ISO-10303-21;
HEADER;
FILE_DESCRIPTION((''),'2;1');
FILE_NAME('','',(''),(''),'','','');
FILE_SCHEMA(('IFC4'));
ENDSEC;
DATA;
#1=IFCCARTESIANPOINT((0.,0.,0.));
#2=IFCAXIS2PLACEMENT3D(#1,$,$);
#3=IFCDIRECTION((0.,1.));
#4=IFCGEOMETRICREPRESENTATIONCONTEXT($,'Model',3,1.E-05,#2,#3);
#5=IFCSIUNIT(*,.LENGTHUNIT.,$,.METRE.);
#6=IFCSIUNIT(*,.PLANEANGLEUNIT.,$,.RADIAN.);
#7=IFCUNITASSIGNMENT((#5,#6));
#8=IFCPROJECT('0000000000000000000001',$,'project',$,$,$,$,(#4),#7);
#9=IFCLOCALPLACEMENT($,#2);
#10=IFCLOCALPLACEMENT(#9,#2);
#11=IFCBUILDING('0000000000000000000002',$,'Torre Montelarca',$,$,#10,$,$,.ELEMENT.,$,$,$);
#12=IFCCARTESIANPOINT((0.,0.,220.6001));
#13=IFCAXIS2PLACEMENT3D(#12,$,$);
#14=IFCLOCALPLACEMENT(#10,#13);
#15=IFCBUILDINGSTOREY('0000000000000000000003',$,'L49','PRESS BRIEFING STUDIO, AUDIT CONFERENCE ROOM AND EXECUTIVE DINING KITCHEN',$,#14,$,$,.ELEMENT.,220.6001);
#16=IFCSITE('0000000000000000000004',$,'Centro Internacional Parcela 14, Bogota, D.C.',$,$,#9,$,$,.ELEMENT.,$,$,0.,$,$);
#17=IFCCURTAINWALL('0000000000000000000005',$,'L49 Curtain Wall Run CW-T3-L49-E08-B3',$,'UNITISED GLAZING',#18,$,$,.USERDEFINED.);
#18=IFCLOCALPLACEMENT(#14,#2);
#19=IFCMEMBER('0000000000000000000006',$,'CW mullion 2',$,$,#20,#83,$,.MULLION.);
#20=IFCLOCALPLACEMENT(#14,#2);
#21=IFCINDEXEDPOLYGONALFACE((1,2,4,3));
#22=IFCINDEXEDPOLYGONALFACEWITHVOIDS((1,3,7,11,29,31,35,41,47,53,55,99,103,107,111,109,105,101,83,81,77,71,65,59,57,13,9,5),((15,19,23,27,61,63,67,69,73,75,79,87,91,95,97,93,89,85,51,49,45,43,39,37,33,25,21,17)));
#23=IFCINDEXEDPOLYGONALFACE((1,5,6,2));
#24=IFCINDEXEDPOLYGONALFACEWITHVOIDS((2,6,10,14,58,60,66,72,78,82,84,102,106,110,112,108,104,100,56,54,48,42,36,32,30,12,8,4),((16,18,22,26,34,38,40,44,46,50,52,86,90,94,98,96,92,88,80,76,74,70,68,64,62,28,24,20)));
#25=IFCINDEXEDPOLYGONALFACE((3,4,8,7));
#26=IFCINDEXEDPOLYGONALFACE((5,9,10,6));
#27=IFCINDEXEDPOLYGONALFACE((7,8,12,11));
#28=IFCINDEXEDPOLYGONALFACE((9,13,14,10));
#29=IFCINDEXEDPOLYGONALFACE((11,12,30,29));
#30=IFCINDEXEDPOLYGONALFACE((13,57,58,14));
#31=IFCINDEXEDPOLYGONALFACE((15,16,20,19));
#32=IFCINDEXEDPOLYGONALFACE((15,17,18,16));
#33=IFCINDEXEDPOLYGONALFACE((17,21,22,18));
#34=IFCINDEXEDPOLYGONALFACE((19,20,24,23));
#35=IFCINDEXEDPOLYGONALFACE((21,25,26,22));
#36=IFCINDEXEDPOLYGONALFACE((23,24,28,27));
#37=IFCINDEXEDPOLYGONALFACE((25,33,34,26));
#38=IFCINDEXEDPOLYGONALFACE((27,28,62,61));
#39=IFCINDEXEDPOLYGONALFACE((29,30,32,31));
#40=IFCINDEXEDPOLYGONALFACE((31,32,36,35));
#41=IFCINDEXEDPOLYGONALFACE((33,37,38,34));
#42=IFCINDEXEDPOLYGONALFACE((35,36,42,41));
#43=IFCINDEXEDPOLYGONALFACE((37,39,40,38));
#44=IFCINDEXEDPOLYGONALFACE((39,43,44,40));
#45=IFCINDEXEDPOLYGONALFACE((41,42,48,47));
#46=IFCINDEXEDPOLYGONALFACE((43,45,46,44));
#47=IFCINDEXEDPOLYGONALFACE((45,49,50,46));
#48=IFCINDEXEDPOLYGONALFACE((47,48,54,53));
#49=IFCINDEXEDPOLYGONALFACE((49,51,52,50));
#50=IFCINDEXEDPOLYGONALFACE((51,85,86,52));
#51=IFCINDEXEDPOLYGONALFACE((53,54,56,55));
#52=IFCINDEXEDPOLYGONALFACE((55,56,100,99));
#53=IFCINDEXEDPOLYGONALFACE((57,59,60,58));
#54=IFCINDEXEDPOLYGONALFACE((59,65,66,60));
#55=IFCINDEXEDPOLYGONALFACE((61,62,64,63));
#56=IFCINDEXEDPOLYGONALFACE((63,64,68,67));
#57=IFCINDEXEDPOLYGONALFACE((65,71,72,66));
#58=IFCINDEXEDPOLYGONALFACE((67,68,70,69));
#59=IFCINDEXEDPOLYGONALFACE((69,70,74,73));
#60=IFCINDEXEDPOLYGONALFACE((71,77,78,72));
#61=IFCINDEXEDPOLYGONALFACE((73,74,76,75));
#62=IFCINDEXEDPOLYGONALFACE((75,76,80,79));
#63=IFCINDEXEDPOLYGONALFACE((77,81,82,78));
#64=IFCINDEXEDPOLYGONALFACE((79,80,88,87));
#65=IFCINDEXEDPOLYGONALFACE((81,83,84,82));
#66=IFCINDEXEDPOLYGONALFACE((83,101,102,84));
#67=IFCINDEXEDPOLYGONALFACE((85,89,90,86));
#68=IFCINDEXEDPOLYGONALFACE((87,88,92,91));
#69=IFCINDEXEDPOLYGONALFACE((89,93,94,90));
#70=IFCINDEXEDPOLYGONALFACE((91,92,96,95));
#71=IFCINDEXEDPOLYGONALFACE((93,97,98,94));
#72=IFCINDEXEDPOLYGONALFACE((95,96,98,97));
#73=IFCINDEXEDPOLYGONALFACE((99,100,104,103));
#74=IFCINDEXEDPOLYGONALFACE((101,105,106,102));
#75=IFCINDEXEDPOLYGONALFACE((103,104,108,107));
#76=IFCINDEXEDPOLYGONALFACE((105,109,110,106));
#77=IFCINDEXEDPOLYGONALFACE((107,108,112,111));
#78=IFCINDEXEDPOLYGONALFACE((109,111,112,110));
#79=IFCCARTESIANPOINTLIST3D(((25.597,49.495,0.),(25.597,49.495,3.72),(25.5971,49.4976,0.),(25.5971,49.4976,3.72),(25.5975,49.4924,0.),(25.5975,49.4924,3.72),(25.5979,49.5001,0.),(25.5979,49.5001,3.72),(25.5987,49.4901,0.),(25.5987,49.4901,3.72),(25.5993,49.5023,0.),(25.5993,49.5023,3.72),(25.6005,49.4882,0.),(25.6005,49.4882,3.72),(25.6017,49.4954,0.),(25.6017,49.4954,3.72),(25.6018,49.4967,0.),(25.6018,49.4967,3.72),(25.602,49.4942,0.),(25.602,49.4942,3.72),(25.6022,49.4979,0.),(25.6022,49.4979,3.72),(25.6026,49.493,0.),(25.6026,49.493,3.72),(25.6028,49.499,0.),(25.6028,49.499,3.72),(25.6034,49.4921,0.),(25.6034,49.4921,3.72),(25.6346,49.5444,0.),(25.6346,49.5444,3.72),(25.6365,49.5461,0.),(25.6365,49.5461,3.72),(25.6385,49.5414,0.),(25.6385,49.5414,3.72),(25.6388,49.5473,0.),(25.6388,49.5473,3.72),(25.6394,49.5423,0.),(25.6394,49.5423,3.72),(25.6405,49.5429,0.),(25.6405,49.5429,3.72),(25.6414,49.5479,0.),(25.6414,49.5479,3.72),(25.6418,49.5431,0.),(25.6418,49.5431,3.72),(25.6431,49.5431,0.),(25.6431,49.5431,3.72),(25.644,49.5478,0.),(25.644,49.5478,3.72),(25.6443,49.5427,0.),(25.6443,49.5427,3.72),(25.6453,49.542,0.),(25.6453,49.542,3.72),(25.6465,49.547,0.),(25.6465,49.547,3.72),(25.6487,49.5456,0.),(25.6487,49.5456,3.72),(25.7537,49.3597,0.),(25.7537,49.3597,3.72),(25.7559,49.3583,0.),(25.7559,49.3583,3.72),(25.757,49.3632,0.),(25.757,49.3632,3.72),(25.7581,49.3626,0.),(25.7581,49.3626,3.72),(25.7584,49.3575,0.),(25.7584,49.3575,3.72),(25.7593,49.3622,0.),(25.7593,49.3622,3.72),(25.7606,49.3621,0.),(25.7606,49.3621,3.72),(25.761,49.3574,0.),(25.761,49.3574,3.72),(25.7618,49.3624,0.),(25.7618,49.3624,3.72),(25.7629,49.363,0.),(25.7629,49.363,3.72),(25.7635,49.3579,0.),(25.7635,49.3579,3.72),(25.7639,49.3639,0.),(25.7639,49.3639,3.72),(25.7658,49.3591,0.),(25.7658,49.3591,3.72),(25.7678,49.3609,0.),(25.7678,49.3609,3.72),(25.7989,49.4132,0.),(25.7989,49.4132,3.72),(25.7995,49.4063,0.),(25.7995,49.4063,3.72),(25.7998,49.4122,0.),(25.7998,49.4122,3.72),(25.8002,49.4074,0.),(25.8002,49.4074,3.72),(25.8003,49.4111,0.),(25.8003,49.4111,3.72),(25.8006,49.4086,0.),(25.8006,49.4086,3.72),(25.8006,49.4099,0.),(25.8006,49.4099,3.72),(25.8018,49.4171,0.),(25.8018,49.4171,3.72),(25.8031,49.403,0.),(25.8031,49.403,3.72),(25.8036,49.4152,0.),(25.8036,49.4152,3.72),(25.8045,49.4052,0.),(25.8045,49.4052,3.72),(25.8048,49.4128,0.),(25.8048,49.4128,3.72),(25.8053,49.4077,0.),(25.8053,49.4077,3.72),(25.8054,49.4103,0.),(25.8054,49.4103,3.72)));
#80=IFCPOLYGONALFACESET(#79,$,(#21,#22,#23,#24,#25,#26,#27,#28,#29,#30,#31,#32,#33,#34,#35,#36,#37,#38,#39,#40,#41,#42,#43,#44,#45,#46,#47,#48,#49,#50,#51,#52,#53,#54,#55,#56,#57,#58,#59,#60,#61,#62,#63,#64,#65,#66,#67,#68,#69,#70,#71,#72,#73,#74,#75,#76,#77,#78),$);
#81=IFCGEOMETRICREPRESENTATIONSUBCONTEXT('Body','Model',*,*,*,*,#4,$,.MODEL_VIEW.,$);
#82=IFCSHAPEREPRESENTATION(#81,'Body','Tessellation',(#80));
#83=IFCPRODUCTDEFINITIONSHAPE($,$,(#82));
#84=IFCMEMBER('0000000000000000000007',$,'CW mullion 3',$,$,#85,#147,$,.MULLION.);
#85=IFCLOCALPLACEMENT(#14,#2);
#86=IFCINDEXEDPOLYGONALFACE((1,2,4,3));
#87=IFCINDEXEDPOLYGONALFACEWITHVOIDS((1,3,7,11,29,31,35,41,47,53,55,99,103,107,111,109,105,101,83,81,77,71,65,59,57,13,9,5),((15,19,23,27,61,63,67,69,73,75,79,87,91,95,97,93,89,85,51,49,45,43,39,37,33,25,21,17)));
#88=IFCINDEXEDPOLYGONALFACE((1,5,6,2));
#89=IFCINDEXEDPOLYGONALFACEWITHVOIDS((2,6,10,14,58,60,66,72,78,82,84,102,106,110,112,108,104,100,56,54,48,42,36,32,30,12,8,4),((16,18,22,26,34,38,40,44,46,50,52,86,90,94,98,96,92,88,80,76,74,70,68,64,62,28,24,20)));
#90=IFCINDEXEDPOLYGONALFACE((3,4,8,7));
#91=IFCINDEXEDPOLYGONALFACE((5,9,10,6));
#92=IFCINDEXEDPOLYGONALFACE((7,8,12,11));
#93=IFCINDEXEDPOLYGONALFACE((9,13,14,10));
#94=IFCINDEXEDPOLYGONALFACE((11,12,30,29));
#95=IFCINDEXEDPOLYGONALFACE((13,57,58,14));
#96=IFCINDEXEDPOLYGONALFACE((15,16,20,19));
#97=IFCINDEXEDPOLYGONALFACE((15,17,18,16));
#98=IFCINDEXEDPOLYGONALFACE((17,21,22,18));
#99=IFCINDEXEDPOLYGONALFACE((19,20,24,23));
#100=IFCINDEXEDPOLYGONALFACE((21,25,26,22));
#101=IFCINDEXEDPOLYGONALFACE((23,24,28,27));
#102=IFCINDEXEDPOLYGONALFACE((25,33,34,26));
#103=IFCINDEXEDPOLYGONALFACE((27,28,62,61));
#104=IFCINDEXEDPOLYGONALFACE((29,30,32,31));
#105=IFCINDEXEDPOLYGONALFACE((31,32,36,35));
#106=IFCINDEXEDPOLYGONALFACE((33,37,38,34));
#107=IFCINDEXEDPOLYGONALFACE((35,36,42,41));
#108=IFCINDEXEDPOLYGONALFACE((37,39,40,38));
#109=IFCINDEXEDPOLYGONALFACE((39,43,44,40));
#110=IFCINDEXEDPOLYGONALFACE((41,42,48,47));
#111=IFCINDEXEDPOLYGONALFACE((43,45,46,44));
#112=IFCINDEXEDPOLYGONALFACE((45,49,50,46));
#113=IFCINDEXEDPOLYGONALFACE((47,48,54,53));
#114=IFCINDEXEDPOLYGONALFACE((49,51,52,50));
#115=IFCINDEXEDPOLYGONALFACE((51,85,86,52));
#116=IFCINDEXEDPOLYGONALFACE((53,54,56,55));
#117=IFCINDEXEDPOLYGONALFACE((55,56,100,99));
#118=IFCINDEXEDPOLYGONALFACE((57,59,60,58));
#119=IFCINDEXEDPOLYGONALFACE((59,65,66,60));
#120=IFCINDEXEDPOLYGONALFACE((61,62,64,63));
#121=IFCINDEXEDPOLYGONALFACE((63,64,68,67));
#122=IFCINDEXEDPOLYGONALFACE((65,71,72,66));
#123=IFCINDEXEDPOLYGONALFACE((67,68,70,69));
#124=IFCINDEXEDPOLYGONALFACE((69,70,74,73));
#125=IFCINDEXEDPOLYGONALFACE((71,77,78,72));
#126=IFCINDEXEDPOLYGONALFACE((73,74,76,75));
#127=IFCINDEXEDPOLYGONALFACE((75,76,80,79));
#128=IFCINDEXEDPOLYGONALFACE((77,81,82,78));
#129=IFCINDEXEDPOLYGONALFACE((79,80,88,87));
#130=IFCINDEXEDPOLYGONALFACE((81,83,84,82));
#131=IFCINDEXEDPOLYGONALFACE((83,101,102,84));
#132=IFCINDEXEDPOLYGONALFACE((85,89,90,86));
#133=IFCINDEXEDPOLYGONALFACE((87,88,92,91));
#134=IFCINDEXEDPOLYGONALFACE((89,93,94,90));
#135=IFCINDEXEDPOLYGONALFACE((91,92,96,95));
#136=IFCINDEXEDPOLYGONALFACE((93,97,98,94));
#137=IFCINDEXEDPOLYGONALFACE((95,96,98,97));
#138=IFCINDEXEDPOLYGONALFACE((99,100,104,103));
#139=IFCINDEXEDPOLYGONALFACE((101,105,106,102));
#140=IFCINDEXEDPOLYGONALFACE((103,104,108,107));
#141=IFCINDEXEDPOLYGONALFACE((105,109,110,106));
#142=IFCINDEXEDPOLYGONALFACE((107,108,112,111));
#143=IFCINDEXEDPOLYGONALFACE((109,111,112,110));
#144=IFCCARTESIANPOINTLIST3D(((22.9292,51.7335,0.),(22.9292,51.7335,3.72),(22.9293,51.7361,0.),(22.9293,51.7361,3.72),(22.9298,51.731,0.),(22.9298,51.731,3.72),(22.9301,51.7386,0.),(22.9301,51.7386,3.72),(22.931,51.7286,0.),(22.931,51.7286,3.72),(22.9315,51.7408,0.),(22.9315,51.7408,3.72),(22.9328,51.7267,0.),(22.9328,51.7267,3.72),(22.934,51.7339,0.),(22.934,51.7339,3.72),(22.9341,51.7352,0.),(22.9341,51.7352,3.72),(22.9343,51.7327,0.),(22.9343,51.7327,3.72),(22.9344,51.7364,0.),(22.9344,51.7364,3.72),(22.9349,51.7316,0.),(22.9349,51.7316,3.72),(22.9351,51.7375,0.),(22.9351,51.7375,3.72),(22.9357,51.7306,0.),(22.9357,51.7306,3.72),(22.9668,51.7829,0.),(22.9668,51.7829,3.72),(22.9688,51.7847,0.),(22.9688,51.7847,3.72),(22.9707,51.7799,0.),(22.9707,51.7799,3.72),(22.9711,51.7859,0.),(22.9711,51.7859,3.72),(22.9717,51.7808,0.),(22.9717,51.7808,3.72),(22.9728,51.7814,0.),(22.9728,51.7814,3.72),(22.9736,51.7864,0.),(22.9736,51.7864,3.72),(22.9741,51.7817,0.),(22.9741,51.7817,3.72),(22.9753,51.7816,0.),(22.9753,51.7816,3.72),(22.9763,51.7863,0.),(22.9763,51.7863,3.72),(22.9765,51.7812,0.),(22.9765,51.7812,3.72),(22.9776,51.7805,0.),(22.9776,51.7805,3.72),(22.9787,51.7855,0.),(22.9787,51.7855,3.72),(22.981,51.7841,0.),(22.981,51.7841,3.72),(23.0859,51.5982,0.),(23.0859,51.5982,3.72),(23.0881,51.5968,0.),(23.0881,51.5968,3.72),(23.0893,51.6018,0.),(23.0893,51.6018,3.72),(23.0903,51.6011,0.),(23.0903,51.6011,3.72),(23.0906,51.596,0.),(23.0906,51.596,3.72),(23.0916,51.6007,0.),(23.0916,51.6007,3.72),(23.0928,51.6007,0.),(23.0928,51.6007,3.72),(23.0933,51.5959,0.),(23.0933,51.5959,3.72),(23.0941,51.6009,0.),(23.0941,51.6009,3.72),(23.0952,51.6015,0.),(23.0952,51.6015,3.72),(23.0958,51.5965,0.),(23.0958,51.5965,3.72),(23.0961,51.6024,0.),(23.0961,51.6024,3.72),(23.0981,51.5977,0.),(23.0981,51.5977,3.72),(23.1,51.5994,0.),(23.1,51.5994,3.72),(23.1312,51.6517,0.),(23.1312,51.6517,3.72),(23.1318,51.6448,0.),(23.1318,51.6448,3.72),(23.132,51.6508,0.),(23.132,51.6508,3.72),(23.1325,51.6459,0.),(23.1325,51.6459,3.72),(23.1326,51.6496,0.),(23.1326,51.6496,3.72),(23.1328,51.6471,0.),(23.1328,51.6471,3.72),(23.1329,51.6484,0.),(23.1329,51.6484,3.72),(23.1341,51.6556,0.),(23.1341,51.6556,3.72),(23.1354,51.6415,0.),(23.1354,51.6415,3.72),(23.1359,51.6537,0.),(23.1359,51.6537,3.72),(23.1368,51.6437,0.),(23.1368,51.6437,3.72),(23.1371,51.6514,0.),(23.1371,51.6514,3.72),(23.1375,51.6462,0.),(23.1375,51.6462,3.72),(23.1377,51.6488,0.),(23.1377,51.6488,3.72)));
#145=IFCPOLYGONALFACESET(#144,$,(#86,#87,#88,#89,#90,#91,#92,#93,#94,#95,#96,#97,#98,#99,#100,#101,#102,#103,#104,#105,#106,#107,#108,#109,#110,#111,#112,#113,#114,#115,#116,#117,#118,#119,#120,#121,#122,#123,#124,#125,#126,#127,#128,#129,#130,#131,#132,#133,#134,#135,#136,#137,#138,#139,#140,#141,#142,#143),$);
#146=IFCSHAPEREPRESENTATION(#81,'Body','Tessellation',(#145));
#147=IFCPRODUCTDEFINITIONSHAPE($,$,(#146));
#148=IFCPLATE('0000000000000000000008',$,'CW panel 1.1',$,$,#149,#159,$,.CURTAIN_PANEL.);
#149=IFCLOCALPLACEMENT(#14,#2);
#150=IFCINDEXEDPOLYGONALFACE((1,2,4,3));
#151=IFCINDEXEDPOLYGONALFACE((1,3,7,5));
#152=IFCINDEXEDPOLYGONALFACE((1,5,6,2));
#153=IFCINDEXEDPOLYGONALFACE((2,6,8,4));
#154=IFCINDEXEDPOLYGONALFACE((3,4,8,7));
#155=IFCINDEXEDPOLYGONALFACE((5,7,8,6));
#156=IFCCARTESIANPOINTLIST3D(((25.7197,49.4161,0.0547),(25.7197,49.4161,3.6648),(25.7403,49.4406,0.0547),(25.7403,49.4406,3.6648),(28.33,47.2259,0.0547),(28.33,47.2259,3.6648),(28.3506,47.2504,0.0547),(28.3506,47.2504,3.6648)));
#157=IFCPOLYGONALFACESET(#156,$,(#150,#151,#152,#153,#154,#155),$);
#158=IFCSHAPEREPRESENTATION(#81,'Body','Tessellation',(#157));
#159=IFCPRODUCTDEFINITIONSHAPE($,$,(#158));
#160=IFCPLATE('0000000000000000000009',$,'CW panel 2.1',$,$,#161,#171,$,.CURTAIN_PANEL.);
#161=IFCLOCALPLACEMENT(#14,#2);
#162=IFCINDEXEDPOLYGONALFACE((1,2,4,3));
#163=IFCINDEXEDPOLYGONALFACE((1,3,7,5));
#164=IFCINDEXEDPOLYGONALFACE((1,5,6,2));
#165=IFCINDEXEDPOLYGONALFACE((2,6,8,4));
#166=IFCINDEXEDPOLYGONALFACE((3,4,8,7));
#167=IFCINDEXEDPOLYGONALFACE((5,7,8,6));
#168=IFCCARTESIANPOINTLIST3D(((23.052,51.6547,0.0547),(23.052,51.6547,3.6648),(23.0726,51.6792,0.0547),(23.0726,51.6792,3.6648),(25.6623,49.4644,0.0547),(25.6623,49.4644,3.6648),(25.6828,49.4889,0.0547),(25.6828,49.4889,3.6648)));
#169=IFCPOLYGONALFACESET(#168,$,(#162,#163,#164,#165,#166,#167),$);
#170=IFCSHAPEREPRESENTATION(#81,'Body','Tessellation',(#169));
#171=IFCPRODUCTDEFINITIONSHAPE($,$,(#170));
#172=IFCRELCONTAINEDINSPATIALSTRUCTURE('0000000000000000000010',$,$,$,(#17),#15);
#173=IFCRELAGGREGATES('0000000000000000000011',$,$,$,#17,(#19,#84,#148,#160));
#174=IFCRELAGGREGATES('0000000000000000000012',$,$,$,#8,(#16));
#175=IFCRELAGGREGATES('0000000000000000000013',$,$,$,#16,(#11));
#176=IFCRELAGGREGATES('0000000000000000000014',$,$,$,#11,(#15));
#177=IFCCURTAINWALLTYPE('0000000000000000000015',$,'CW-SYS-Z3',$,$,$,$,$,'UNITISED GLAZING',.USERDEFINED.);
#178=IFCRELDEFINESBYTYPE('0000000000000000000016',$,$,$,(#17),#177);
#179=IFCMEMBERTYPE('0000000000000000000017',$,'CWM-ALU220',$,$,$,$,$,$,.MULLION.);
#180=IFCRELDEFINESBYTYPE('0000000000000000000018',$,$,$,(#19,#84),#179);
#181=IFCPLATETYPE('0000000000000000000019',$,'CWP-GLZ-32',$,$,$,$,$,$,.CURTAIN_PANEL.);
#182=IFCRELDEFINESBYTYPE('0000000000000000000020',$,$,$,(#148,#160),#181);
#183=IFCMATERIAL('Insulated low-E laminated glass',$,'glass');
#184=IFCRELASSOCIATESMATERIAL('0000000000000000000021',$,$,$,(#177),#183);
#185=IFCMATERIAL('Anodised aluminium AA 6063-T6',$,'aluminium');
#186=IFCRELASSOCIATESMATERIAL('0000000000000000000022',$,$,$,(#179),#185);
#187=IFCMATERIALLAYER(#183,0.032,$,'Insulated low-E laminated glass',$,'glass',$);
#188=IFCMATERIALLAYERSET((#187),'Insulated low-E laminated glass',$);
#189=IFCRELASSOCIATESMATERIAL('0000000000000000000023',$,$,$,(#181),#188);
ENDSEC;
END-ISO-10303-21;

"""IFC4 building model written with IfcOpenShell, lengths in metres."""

from ifc_helpers import new_model, si_unit, direction, frame, origin, origin_2d, place, context, subcontext, project, spatial, rectangle, hollow_rectangle, extrude, source, transform, mapped, material, layer, layer_set, material_profile, profile_set, type_object, element, aggregate, save


model = new_model("IFC4")

# Units and contexts
model_context = context("Model", 3, precision=1e-05, world=origin(), true_north=direction((0.0, 1.0)))
body_context = subcontext(model_context, "Body", "Model", "MODEL_VIEW")
ifc_project = project(units=[si_unit("LENGTHUNIT", "METRE"), si_unit("PLANEANGLEUNIT", "RADIAN")], contexts=[model_context])

# Site, building, storey
site_placement = place(None, origin())
site = spatial("IfcSite", under=ifc_project, at=site_placement, Name="Centro Internacional Parcela 14, Bogota, D.C.", CompositionType="ELEMENT", RefElevation=0.0)
building_placement = place(site_placement, origin())
building = spatial("IfcBuilding", under=site, at=building_placement, Name="Torre Montelarca", CompositionType="ELEMENT")
storey_placement = place(building_placement, frame((0.0, 0.0, 220.6001)))
storey = spatial("IfcBuildingStorey", under=building, at=storey_placement, Name="L49", Description="PRESS BRIEFING STUDIO, AUDIT CONFERENCE ROOM AND EXECUTIVE DINING KITCHEN", CompositionType="ELEMENT", Elevation=220.6001)

# Curtain wall, members, plates
ifc_material_1 = material(Name="Insulated low-E laminated glass", Category="glass")
curtain_wall_type = type_object("IfcCurtainWallType", Name="CW-SYS-Z3", ElementType="UNITISED GLAZING", PredefinedType="USERDEFINED", material=ifc_material_1)
curtain_wall_placement = place(storey_placement, origin())
curtain_wall = element("IfcCurtainWall", 1, at=curtain_wall_placement, inside=storey, type_object=curtain_wall_type, Name="L49 Curtain Wall Run CW-T3-L49-E08-B3", ObjectType="UNITISED GLAZING", PredefinedType="USERDEFINED")
ifc_material_2 = material(Name="Anodised aluminium AA 6063-T6", Category="aluminium")
ifc_material_profile_1 = material_profile(ifc_material_2, hollow_rectangle(XDim=0.075, YDim=0.22, WallThickness=0.0049, InnerFilletRadius=0.0049, OuterFilletRadius=0.01, at=origin_2d()), Name="ALU75X220X5", Category="aluminium")
ifc_profile_set_1 = profile_set([ifc_material_profile_1], Name="Anodised aluminium AA 6063-T6")
member_type_1 = type_object("IfcMemberType", Name="CWM-ALU220", PredefinedType="MULLION", material=ifc_profile_set_1)
shared_shape_1 = source(origin(), body_context, "Body", "SweptSolid", [
    extrude(hollow_rectangle(XDim=0.075, YDim=0.22, WallThickness=0.0049, InnerFilletRadius=0.0049, OuterFilletRadius=0.01, at=origin_2d()), origin(), (0.0, 0.0, 1.0), 3.72),
])
member_1_placement = place(storey_placement, frame((25.7012, 49.4526, 0.0), z_axis=(0.0, 0.0, 1.0), x_axis=(-0.642789, -0.766043, 0.0)))
member_1 = element("IfcMember", 2, at=member_1_placement, type_object=member_type_1, Name="CW mullion 2", PredefinedType="MULLION", context=body_context, shape_type="MappedRepresentation", body=[
    mapped(shared_shape_1, transform((0.0, 0.0, 0.0), scale=1.0)),
])
member_2_placement = place(storey_placement, frame((23.0334, 51.6912, 0.0), z_axis=(0.0, 0.0, 1.0), x_axis=(-0.642789, -0.766043, 0.0)))
member_2 = element("IfcMember", 3, at=member_2_placement, type_object=member_type_1, Name="CW mullion 3", PredefinedType="MULLION", context=body_context, shape_type="MappedRepresentation", body=[
    mapped(shared_shape_1, transform((0.0, 0.0, 0.0), scale=1.0)),
])
ifc_layer_1 = layer(ifc_material_1, 0.032, Name="Insulated low-E laminated glass", Category="glass")
ifc_layer_set_1 = layer_set([ifc_layer_1], Name="Insulated low-E laminated glass")
plate_type = type_object("IfcPlateType", Name="CWP-GLZ-32", PredefinedType="CURTAIN_PANEL", material=ifc_layer_set_1)
shared_shape_2 = source(origin(), body_context, "Body", "SweptSolid", [
    extrude(rectangle(XDim=3.4075, YDim=0.032, at=origin_2d()), origin(), (0.0, 0.0, 1.0), 3.6101),
])
plate_1_placement = place(storey_placement, frame((27.0352, 48.3333, 0.0547), z_axis=(0.0, 0.0, 1.0), x_axis=(-0.766043, 0.642789, 0.0)))
plate_1 = element("IfcPlate", 4, at=plate_1_placement, type_object=plate_type, Name="CW panel 1.1", PredefinedType="CURTAIN_PANEL", context=body_context, shape_type="MappedRepresentation", body=[
    mapped(shared_shape_2, transform((0.0, 0.0, 0.0), scale=1.0)),
])
plate_2_placement = place(storey_placement, frame((24.3674, 50.5718, 0.0547), z_axis=(0.0, 0.0, 1.0), x_axis=(-0.766043, 0.642789, 0.0)))
plate_2 = element("IfcPlate", 5, at=plate_2_placement, type_object=plate_type, Name="CW panel 2.1", PredefinedType="CURTAIN_PANEL", context=body_context, shape_type="MappedRepresentation", body=[
    mapped(shared_shape_2, transform((0.0, 0.0, 0.0), scale=1.0)),
])
aggregate(curtain_wall, [member_1, member_2, plate_1, plate_2])

save(model, "model.ifc")
